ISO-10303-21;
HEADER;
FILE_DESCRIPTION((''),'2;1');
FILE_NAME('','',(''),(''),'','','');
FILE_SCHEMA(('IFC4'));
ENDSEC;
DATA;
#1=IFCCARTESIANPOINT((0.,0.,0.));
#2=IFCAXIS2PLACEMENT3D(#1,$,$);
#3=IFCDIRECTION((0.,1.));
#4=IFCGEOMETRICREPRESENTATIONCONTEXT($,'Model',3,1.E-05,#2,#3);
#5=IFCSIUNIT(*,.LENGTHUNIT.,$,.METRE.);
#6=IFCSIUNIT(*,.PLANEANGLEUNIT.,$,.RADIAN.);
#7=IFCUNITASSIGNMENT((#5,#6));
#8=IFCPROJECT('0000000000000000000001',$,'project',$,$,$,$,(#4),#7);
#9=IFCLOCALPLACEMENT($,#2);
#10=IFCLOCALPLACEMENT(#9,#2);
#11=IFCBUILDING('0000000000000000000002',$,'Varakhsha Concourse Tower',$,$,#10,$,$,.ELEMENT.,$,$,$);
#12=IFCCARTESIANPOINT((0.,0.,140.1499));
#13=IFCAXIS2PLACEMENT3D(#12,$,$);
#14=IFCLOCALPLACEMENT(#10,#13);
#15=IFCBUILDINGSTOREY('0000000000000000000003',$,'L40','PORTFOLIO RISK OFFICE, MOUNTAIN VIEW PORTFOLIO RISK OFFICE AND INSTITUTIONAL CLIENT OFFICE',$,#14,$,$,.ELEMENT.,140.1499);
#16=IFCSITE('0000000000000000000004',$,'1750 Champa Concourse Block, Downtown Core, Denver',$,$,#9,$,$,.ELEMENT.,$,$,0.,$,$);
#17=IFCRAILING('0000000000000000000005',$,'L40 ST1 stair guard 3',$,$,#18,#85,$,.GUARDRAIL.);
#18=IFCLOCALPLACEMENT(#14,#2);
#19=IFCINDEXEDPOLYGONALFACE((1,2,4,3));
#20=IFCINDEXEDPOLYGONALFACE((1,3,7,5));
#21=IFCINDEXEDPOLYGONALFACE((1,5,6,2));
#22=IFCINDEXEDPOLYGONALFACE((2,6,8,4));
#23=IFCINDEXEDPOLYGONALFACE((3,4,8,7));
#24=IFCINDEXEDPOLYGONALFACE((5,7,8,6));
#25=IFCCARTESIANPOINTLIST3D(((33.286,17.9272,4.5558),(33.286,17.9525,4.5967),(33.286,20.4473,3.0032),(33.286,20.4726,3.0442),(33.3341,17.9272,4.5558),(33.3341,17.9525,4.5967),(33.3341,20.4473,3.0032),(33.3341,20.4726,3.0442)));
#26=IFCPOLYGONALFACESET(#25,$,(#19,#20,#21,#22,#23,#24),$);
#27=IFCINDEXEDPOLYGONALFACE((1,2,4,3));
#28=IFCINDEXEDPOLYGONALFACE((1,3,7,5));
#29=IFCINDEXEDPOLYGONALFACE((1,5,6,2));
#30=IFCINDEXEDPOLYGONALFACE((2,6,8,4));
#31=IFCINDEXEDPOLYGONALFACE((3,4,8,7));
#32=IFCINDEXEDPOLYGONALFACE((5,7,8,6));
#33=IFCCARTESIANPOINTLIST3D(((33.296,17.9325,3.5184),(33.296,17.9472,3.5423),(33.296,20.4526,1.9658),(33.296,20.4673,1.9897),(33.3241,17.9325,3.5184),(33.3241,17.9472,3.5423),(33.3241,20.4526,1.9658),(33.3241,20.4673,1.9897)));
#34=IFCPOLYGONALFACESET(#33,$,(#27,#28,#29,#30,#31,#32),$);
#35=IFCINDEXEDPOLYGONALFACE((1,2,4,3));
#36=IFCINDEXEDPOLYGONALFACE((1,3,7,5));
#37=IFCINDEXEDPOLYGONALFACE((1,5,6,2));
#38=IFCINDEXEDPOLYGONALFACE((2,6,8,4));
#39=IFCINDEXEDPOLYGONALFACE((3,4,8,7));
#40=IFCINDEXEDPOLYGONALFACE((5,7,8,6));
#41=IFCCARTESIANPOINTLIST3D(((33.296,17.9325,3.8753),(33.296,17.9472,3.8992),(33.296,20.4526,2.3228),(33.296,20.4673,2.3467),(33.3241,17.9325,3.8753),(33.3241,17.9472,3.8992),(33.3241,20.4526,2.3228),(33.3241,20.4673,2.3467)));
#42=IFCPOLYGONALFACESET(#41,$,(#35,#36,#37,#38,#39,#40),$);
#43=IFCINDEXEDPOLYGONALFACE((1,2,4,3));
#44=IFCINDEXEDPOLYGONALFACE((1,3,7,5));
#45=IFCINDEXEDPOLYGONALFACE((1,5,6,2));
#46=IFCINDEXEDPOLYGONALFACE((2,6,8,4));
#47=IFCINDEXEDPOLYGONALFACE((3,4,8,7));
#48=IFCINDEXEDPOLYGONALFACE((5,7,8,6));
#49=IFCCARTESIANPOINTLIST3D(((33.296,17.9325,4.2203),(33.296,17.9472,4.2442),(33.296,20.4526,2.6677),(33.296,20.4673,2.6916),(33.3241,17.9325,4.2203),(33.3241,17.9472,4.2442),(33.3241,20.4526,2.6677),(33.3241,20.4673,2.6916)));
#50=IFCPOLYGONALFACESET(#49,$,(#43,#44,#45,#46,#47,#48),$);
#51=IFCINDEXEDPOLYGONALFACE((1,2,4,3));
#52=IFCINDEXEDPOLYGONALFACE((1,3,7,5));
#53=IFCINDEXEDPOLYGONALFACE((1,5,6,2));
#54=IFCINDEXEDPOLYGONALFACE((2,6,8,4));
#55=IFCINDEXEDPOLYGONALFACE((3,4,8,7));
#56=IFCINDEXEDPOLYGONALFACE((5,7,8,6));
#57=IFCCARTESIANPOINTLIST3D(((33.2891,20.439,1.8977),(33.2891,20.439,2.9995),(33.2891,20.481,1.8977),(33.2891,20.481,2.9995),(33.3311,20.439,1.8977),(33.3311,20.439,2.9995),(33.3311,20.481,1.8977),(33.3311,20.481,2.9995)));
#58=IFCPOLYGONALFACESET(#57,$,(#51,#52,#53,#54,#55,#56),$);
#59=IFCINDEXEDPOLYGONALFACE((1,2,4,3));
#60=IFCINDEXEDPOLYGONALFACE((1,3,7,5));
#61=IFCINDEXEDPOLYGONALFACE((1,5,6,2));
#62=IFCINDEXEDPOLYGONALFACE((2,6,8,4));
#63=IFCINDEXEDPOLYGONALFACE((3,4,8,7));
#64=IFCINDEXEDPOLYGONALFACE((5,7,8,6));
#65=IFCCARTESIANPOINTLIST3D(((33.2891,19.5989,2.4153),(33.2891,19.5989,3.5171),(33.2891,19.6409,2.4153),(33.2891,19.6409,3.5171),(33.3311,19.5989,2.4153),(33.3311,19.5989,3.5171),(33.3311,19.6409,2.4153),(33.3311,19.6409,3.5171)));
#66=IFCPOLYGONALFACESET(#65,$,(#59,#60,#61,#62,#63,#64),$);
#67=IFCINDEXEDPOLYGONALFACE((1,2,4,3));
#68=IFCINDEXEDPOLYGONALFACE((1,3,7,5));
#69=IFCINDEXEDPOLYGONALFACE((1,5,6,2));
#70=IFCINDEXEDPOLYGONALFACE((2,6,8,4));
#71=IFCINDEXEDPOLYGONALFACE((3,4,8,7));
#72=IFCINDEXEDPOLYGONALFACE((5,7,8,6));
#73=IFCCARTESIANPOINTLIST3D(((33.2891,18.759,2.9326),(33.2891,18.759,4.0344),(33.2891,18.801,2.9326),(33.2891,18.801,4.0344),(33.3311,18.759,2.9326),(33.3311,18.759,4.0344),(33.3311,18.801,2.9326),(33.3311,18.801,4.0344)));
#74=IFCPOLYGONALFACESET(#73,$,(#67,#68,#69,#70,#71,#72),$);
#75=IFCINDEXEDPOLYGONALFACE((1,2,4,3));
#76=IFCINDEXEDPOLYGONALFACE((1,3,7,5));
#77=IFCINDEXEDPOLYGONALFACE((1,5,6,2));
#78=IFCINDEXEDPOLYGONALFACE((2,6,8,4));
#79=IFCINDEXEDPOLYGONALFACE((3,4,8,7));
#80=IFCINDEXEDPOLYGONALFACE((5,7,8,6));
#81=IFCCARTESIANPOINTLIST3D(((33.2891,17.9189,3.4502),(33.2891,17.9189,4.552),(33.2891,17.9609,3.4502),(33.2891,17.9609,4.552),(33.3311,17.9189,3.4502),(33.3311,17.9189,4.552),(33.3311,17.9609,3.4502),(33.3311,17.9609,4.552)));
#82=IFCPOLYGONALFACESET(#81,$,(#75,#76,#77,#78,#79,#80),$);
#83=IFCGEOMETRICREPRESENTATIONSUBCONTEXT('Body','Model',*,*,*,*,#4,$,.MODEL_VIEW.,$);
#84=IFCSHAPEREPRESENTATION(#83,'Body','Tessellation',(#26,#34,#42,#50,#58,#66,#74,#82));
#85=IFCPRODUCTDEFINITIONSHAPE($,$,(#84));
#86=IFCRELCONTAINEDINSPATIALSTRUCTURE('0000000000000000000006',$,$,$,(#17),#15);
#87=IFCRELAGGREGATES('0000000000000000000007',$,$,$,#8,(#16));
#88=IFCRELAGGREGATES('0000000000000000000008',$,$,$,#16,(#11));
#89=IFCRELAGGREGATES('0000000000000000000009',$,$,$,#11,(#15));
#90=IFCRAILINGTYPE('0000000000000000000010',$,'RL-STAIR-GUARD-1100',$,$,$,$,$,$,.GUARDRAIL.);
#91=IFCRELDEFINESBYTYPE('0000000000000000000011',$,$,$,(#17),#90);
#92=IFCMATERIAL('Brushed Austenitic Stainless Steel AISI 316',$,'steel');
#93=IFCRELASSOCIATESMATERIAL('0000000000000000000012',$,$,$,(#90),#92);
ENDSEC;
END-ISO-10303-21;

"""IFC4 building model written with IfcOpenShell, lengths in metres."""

from ifc_helpers import new_model, si_unit, direction, frame, origin, origin_2d, place, context, subcontext, project, spatial, rectangle, extrude, material, type_object, element, save


model = new_model("IFC4")

# Units and contexts
model_context = context("Model", 3, precision=1e-05, world=origin(), true_north=direction((0.0, 1.0)))
body_context = subcontext(model_context, "Body", "Model", "MODEL_VIEW")
ifc_project = project(units=[si_unit("LENGTHUNIT", "METRE"), si_unit("PLANEANGLEUNIT", "RADIAN")], contexts=[model_context])

# Site, building, storey
site_placement = place(None, origin())
site = spatial("IfcSite", under=ifc_project, at=site_placement, Name="1750 Champa Concourse Block, Downtown Core, Denver", CompositionType="ELEMENT", RefElevation=0.0)
building_placement = place(site_placement, origin())
building = spatial("IfcBuilding", under=site, at=building_placement, Name="Varakhsha Concourse Tower", CompositionType="ELEMENT")
storey_placement = place(building_placement, frame((0.0, 0.0, 140.1499)))
storey = spatial("IfcBuildingStorey", under=building, at=storey_placement, Name="L40", Description="PORTFOLIO RISK OFFICE, MOUNTAIN VIEW PORTFOLIO RISK OFFICE AND INSTITUTIONAL CLIENT OFFICE", CompositionType="ELEMENT", Elevation=140.1499)

# Shared definitions
ifc_material_1 = material(Name="Brushed Austenitic Stainless Steel AISI 316", Category="steel")

# Railing
railing_type = type_object("IfcRailingType", Name="RL-STAIR-GUARD-1100", PredefinedType="GUARDRAIL", material=ifc_material_1)
railing_1_placement = place(storey_placement, frame((33.3101, 20.46, 1.8977)))
element("IfcRailing", 1, at=railing_1_placement, inside=storey, type_object=railing_type, Name="L40 ST1 stair guard 3", PredefinedType="GUARDRAIL", context=body_context, shape_type="SweptSolid", body=[
    extrude(rectangle(XDim=0.0481, YDim=0.0481, at=origin_2d()), frame((0.0, 0.0, 1.126), z_axis=(0.0, -0.8514, 0.524516), x_axis=(1.0, 0.0, 0.0)), (0.0, 0.0, 1.0), 2.96),
    extrude(rectangle(XDim=0.0281, YDim=0.0281, at=origin_2d()), frame((0.0, 0.0, 0.0801), z_axis=(0.0, -0.8514, 0.524516), x_axis=(1.0, 0.0, 0.0)), (0.0, 0.0, 1.0), 2.96),
    extrude(rectangle(XDim=0.0281, YDim=0.0281, at=origin_2d()), frame((0.0, 0.0, 0.437), z_axis=(0.0, -0.8514, 0.524516), x_axis=(1.0, 0.0, 0.0)), (0.0, 0.0, 1.0), 2.96),
    extrude(rectangle(XDim=0.0281, YDim=0.0281, at=origin_2d()), frame((0.0, 0.0, 0.782), z_axis=(0.0, -0.8514, 0.524516), x_axis=(1.0, 0.0, 0.0)), (0.0, 0.0, 1.0), 2.96),
    extrude(rectangle(XDim=0.042, YDim=0.042, at=origin_2d()), origin(), (0.0, 0.0, 1.0), 1.1018),
    extrude(rectangle(XDim=0.042, YDim=0.042, at=origin_2d()), frame((0.0, -0.8401, 0.5176)), (0.0, 0.0, 1.0), 1.1018),
    extrude(rectangle(XDim=0.042, YDim=0.042, at=origin_2d()), frame((0.0, -1.6799, 1.0349)), (0.0, 0.0, 1.0), 1.1018),
    extrude(rectangle(XDim=0.042, YDim=0.042, at=origin_2d()), frame((0.0, -2.52, 1.5525)), (0.0, 0.0, 1.0), 1.1018),
])

save(model, "model.ifc")
